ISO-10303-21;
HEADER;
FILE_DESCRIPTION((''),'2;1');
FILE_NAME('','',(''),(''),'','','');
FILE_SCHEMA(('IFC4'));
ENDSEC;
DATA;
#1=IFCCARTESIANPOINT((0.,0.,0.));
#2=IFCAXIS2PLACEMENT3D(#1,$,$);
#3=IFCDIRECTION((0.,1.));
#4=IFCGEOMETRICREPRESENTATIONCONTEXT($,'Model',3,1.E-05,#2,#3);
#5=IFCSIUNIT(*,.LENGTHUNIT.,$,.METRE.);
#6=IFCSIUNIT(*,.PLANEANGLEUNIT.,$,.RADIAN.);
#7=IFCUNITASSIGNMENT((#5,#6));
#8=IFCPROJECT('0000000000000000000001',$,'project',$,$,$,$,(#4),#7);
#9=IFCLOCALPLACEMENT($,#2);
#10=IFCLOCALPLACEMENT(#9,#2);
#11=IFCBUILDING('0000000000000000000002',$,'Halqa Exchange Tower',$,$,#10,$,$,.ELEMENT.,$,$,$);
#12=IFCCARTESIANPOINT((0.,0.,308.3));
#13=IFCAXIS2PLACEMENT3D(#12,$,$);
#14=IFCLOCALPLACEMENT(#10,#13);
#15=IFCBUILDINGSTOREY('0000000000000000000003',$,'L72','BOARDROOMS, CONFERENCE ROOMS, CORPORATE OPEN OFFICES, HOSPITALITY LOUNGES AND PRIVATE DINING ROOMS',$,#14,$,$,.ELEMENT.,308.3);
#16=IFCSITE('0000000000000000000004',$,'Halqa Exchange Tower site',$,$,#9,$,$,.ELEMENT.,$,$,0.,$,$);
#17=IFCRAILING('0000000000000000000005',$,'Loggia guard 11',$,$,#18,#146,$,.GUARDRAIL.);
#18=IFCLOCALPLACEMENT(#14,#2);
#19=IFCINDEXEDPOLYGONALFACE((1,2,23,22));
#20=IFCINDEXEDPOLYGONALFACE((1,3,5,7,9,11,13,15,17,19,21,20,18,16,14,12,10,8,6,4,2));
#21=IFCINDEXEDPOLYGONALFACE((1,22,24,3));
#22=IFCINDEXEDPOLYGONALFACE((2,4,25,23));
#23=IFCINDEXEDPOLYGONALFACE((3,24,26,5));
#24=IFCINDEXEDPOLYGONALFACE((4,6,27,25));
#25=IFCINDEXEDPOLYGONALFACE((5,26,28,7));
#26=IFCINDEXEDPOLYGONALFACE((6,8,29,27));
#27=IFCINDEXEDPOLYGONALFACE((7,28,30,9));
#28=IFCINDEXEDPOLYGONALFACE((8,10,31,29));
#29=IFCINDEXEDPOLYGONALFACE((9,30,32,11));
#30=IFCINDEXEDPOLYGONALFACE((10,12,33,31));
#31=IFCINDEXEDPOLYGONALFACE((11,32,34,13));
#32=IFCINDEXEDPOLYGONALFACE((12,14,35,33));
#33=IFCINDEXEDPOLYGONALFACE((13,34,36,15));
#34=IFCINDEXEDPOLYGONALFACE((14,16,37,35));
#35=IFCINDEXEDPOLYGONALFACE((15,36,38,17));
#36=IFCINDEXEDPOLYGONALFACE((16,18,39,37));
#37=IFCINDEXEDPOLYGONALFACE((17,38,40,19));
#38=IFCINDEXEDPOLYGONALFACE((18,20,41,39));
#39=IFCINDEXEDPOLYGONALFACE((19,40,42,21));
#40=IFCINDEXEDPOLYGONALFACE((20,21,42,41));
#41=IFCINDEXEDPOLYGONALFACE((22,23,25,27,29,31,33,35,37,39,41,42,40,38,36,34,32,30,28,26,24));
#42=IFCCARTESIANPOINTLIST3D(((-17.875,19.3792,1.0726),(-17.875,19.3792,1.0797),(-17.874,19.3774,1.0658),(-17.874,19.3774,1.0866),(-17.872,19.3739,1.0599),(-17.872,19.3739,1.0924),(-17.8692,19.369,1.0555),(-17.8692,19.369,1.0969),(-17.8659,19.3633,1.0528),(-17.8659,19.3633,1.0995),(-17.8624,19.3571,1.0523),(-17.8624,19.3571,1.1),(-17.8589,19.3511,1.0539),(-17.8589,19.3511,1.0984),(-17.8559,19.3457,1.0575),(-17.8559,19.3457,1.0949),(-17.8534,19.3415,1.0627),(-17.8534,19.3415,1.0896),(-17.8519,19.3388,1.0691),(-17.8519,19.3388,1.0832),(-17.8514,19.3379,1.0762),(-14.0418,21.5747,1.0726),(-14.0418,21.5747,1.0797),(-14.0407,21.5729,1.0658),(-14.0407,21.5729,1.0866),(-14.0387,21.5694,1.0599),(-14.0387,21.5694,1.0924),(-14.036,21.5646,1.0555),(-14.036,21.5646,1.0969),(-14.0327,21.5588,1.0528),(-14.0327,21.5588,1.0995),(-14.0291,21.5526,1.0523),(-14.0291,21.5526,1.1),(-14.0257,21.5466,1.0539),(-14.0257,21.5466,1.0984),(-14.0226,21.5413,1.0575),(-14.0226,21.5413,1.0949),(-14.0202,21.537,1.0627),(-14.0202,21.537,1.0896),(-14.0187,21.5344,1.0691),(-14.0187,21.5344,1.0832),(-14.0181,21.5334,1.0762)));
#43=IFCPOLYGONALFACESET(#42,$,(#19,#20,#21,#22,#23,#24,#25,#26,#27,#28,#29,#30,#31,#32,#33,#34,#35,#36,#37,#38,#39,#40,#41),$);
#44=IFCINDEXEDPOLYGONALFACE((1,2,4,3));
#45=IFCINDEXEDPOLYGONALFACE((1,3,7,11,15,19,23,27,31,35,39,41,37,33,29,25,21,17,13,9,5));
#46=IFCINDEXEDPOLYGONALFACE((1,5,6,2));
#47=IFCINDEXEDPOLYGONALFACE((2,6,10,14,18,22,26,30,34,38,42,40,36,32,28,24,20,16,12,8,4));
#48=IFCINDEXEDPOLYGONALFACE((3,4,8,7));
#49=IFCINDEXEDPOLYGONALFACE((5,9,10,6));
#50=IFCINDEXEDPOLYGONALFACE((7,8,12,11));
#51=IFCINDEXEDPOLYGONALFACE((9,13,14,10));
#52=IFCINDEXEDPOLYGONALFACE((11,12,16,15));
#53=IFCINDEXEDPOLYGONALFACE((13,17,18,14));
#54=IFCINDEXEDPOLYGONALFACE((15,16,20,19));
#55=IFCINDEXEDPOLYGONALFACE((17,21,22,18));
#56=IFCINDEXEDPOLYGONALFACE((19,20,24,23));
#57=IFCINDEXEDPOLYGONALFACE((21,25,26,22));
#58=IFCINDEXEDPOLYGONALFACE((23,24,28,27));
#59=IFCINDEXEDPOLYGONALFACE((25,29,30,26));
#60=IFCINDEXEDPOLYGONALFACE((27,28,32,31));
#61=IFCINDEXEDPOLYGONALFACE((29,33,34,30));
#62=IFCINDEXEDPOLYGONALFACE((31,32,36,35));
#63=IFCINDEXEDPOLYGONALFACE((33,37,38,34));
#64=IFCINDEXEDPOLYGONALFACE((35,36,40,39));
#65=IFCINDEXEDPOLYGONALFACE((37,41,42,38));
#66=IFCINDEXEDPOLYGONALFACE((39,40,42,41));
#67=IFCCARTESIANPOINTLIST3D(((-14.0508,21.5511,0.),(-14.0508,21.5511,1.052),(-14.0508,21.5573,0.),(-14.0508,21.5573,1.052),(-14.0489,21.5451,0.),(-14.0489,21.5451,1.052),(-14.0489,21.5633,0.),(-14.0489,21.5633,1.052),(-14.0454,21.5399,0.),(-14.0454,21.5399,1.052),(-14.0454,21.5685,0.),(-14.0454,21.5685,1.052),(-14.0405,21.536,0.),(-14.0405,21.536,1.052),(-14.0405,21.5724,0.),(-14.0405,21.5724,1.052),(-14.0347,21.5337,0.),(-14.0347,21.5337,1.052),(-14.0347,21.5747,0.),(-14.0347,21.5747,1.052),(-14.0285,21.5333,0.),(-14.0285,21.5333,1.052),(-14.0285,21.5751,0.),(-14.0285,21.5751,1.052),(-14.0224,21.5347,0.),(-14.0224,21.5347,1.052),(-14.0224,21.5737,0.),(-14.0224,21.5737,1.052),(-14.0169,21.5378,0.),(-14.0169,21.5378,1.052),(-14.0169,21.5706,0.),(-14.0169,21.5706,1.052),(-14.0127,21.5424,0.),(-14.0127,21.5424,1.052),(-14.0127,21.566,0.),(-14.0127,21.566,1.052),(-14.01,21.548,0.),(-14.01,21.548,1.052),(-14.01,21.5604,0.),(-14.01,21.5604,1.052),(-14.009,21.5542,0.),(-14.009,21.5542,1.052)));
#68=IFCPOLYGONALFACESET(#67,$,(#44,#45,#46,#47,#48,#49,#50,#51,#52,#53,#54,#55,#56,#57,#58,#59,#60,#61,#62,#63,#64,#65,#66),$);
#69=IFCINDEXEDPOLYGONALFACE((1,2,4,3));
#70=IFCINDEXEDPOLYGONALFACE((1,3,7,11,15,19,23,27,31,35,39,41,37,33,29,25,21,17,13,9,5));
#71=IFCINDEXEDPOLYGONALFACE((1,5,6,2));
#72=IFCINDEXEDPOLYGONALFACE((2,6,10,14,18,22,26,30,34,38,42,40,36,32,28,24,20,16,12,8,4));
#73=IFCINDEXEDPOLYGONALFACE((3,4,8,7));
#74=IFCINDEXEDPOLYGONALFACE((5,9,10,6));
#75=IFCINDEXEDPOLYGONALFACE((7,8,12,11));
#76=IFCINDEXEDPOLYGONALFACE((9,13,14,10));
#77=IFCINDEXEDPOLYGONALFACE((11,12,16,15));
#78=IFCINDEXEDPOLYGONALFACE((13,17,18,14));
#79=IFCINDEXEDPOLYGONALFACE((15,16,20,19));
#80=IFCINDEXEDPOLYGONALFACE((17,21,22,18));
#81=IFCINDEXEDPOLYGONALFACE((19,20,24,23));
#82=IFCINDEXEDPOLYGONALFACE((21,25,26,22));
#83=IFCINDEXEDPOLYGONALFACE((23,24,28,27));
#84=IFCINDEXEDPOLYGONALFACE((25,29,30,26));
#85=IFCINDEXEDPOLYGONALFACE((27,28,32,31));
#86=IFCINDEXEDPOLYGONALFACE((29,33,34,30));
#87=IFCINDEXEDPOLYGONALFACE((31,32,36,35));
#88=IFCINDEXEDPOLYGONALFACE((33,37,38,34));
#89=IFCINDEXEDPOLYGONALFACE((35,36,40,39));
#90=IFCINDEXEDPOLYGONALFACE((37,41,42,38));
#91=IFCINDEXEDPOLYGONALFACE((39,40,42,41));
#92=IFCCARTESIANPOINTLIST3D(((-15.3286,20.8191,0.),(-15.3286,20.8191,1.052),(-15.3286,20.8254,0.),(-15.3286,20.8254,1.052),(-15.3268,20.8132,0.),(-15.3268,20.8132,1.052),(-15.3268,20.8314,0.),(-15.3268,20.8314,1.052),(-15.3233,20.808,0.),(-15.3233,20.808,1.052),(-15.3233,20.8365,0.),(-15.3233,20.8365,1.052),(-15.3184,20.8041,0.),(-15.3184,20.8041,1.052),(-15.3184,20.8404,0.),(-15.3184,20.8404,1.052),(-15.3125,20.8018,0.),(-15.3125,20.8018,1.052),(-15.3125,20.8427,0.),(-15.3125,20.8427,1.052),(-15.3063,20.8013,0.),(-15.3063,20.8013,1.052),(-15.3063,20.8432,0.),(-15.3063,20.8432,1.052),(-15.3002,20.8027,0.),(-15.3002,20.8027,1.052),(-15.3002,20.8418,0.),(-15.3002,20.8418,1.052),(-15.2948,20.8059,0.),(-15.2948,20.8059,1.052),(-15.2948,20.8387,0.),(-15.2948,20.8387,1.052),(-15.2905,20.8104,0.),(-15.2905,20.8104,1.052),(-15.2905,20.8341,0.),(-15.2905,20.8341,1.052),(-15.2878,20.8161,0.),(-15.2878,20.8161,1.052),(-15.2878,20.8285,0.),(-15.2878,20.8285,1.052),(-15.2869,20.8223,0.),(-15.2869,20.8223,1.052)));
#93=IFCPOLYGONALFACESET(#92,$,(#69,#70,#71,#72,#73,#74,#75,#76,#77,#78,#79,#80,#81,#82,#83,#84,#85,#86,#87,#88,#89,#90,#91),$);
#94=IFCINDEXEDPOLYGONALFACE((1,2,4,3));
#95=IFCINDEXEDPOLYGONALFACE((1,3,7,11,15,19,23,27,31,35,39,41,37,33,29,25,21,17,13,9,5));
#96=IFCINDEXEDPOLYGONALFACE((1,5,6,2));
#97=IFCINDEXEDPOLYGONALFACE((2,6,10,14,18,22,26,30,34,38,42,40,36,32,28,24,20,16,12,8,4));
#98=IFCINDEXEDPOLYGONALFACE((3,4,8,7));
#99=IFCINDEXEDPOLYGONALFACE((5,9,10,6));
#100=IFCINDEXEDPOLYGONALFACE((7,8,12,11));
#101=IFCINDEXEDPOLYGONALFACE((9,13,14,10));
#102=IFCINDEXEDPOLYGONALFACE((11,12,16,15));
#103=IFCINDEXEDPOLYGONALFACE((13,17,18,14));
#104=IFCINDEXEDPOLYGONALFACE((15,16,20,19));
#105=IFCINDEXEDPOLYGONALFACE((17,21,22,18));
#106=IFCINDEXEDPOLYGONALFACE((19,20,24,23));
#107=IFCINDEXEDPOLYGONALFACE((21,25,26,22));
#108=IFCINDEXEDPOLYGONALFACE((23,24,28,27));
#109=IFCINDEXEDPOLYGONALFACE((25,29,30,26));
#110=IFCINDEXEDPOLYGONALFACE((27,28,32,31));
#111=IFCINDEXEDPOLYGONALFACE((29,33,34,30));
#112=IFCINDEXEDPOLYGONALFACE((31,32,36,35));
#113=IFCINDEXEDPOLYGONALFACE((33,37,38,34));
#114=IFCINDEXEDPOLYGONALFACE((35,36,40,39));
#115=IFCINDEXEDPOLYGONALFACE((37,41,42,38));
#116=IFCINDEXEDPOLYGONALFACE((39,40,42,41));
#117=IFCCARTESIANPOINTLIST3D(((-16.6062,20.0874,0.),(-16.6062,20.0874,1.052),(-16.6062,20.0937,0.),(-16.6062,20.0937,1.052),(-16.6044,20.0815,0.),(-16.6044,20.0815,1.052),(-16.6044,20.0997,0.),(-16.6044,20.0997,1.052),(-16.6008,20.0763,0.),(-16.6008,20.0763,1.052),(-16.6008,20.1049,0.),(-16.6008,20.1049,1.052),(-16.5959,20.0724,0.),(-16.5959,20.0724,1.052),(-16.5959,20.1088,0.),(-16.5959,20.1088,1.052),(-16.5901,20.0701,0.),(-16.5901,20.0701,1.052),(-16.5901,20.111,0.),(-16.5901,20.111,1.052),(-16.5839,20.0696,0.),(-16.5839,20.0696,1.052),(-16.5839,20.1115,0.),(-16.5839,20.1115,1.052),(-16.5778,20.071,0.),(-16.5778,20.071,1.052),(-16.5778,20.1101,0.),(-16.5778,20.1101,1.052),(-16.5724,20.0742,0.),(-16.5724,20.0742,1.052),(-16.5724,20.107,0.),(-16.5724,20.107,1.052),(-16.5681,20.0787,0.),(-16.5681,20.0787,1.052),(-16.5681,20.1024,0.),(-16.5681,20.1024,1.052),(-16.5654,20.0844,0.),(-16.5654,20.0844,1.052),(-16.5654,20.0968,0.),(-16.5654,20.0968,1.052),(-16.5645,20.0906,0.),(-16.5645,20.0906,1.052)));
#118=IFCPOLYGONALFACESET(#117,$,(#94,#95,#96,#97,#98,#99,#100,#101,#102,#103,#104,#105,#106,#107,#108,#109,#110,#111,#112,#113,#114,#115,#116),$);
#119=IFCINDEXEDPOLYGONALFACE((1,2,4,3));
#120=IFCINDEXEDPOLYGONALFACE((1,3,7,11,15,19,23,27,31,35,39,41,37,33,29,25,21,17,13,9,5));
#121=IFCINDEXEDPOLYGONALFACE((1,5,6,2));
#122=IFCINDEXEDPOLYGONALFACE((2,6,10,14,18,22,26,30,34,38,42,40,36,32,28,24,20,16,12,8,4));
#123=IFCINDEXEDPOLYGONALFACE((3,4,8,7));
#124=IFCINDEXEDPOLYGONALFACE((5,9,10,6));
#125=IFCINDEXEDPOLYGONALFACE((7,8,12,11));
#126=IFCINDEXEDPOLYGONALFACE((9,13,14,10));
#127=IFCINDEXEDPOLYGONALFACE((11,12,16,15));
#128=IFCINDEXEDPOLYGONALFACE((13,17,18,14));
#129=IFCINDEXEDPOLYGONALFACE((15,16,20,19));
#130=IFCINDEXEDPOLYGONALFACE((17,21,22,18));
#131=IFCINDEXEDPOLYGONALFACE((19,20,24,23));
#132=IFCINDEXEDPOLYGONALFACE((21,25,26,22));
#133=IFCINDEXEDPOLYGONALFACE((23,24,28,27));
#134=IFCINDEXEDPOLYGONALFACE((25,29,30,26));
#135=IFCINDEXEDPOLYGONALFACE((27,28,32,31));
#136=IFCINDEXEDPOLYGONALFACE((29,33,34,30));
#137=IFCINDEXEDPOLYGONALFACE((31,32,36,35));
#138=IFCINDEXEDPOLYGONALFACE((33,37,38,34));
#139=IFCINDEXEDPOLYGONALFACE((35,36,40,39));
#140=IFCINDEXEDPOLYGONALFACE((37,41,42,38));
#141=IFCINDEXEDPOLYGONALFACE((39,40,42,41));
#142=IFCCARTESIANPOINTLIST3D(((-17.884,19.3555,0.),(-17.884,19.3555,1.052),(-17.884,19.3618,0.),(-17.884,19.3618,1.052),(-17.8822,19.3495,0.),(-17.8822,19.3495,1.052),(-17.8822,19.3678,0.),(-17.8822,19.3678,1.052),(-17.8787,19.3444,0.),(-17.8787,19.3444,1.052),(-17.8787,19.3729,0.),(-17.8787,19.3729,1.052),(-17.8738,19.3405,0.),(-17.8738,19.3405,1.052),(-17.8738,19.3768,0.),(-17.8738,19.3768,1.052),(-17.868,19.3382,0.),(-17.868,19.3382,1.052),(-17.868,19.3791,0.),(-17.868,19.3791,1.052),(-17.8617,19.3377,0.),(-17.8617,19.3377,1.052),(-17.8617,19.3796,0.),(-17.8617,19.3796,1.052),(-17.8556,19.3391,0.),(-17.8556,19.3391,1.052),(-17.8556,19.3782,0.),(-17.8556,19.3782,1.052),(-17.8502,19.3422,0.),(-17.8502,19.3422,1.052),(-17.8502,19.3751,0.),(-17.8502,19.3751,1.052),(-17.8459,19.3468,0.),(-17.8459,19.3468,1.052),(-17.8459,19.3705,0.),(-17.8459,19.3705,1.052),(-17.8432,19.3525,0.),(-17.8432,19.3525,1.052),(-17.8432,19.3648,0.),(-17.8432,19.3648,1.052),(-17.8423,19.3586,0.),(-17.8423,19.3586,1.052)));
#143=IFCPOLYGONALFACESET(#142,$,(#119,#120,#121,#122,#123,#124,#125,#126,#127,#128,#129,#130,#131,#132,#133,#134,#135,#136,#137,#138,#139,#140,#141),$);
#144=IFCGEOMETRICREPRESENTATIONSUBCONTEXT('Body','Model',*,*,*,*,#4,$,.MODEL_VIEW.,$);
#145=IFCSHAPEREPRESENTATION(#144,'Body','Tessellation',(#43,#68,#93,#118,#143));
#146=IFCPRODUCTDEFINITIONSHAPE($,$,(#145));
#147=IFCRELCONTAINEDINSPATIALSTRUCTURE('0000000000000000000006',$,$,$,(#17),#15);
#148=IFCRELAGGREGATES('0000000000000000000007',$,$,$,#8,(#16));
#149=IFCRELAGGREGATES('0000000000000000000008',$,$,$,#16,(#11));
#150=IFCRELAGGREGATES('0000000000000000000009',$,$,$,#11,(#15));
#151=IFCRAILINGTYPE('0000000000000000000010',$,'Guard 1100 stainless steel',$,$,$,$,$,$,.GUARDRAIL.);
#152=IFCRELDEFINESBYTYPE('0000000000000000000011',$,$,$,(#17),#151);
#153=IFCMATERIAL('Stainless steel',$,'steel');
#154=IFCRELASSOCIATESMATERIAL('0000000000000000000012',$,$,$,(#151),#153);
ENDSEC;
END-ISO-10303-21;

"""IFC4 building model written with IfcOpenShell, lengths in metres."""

from ifc_helpers import new_model, si_unit, direction, frame, origin, origin_2d, place, context, subcontext, project, spatial, circle, extrude, material, type_object, element, save


model = new_model("IFC4")

# Units and contexts
model_context = context("Model", 3, precision=1e-05, world=origin(), true_north=direction((0.0, 1.0)))
body_context = subcontext(model_context, "Body", "Model", "MODEL_VIEW")
ifc_project = project(units=[si_unit("LENGTHUNIT", "METRE"), si_unit("PLANEANGLEUNIT", "RADIAN")], contexts=[model_context])

# Site, building, storey
site_placement = place(None, origin())
site = spatial("IfcSite", under=ifc_project, at=site_placement, Name="Halqa Exchange Tower site", CompositionType="ELEMENT", RefElevation=0.0)
building_placement = place(site_placement, origin())
building = spatial("IfcBuilding", under=site, at=building_placement, Name="Halqa Exchange Tower", CompositionType="ELEMENT")
storey_placement = place(building_placement, frame((0.0, 0.0, 308.3)))
storey = spatial("IfcBuildingStorey", under=building, at=storey_placement, Name="L72", Description="BOARDROOMS, CONFERENCE ROOMS, CORPORATE OPEN OFFICES, HOSPITALITY LOUNGES AND PRIVATE DINING ROOMS", CompositionType="ELEMENT", Elevation=308.3)

# Railing
ifc_material_1 = material(Name="Stainless steel", Category="steel")
railing_type = type_object("IfcRailingType", Name="Guard 1100 stainless steel", PredefinedType="GUARDRAIL", material=ifc_material_1)
railing_1_placement = place(storey_placement, frame((-14.03, 21.5542, 0.0)))
element("IfcRailing", 1, at=railing_1_placement, inside=storey, type_object=railing_type, Name="Loggia guard 11", PredefinedType="GUARDRAIL", context=body_context, shape_type="SweptSolid", body=[
    extrude(circle(Radius=0.0239, at=origin_2d()), frame((0.0, 0.0, 1.0762), z_axis=(-0.867743, -0.497014, 0.0), x_axis=(0.497014, -0.867743, 0.0)), (0.0, 0.0, 1.0), 4.4175),
    extrude(circle(Radius=0.021, at=origin_2d()), origin(), (0.0, 0.0, 1.0), 1.052),
    extrude(circle(Radius=0.021, at=origin_2d()), frame((-1.2778, -0.7319, 0.0)), (0.0, 0.0, 1.0), 1.052),
    extrude(circle(Radius=0.021, at=origin_2d()), frame((-2.5554, -1.4636, 0.0)), (0.0, 0.0, 1.0), 1.052),
    extrude(circle(Radius=0.021, at=origin_2d()), frame((-3.8333, -2.1956, 0.0)), (0.0, 0.0, 1.0), 1.052),
])

save(model, "model.ifc")
